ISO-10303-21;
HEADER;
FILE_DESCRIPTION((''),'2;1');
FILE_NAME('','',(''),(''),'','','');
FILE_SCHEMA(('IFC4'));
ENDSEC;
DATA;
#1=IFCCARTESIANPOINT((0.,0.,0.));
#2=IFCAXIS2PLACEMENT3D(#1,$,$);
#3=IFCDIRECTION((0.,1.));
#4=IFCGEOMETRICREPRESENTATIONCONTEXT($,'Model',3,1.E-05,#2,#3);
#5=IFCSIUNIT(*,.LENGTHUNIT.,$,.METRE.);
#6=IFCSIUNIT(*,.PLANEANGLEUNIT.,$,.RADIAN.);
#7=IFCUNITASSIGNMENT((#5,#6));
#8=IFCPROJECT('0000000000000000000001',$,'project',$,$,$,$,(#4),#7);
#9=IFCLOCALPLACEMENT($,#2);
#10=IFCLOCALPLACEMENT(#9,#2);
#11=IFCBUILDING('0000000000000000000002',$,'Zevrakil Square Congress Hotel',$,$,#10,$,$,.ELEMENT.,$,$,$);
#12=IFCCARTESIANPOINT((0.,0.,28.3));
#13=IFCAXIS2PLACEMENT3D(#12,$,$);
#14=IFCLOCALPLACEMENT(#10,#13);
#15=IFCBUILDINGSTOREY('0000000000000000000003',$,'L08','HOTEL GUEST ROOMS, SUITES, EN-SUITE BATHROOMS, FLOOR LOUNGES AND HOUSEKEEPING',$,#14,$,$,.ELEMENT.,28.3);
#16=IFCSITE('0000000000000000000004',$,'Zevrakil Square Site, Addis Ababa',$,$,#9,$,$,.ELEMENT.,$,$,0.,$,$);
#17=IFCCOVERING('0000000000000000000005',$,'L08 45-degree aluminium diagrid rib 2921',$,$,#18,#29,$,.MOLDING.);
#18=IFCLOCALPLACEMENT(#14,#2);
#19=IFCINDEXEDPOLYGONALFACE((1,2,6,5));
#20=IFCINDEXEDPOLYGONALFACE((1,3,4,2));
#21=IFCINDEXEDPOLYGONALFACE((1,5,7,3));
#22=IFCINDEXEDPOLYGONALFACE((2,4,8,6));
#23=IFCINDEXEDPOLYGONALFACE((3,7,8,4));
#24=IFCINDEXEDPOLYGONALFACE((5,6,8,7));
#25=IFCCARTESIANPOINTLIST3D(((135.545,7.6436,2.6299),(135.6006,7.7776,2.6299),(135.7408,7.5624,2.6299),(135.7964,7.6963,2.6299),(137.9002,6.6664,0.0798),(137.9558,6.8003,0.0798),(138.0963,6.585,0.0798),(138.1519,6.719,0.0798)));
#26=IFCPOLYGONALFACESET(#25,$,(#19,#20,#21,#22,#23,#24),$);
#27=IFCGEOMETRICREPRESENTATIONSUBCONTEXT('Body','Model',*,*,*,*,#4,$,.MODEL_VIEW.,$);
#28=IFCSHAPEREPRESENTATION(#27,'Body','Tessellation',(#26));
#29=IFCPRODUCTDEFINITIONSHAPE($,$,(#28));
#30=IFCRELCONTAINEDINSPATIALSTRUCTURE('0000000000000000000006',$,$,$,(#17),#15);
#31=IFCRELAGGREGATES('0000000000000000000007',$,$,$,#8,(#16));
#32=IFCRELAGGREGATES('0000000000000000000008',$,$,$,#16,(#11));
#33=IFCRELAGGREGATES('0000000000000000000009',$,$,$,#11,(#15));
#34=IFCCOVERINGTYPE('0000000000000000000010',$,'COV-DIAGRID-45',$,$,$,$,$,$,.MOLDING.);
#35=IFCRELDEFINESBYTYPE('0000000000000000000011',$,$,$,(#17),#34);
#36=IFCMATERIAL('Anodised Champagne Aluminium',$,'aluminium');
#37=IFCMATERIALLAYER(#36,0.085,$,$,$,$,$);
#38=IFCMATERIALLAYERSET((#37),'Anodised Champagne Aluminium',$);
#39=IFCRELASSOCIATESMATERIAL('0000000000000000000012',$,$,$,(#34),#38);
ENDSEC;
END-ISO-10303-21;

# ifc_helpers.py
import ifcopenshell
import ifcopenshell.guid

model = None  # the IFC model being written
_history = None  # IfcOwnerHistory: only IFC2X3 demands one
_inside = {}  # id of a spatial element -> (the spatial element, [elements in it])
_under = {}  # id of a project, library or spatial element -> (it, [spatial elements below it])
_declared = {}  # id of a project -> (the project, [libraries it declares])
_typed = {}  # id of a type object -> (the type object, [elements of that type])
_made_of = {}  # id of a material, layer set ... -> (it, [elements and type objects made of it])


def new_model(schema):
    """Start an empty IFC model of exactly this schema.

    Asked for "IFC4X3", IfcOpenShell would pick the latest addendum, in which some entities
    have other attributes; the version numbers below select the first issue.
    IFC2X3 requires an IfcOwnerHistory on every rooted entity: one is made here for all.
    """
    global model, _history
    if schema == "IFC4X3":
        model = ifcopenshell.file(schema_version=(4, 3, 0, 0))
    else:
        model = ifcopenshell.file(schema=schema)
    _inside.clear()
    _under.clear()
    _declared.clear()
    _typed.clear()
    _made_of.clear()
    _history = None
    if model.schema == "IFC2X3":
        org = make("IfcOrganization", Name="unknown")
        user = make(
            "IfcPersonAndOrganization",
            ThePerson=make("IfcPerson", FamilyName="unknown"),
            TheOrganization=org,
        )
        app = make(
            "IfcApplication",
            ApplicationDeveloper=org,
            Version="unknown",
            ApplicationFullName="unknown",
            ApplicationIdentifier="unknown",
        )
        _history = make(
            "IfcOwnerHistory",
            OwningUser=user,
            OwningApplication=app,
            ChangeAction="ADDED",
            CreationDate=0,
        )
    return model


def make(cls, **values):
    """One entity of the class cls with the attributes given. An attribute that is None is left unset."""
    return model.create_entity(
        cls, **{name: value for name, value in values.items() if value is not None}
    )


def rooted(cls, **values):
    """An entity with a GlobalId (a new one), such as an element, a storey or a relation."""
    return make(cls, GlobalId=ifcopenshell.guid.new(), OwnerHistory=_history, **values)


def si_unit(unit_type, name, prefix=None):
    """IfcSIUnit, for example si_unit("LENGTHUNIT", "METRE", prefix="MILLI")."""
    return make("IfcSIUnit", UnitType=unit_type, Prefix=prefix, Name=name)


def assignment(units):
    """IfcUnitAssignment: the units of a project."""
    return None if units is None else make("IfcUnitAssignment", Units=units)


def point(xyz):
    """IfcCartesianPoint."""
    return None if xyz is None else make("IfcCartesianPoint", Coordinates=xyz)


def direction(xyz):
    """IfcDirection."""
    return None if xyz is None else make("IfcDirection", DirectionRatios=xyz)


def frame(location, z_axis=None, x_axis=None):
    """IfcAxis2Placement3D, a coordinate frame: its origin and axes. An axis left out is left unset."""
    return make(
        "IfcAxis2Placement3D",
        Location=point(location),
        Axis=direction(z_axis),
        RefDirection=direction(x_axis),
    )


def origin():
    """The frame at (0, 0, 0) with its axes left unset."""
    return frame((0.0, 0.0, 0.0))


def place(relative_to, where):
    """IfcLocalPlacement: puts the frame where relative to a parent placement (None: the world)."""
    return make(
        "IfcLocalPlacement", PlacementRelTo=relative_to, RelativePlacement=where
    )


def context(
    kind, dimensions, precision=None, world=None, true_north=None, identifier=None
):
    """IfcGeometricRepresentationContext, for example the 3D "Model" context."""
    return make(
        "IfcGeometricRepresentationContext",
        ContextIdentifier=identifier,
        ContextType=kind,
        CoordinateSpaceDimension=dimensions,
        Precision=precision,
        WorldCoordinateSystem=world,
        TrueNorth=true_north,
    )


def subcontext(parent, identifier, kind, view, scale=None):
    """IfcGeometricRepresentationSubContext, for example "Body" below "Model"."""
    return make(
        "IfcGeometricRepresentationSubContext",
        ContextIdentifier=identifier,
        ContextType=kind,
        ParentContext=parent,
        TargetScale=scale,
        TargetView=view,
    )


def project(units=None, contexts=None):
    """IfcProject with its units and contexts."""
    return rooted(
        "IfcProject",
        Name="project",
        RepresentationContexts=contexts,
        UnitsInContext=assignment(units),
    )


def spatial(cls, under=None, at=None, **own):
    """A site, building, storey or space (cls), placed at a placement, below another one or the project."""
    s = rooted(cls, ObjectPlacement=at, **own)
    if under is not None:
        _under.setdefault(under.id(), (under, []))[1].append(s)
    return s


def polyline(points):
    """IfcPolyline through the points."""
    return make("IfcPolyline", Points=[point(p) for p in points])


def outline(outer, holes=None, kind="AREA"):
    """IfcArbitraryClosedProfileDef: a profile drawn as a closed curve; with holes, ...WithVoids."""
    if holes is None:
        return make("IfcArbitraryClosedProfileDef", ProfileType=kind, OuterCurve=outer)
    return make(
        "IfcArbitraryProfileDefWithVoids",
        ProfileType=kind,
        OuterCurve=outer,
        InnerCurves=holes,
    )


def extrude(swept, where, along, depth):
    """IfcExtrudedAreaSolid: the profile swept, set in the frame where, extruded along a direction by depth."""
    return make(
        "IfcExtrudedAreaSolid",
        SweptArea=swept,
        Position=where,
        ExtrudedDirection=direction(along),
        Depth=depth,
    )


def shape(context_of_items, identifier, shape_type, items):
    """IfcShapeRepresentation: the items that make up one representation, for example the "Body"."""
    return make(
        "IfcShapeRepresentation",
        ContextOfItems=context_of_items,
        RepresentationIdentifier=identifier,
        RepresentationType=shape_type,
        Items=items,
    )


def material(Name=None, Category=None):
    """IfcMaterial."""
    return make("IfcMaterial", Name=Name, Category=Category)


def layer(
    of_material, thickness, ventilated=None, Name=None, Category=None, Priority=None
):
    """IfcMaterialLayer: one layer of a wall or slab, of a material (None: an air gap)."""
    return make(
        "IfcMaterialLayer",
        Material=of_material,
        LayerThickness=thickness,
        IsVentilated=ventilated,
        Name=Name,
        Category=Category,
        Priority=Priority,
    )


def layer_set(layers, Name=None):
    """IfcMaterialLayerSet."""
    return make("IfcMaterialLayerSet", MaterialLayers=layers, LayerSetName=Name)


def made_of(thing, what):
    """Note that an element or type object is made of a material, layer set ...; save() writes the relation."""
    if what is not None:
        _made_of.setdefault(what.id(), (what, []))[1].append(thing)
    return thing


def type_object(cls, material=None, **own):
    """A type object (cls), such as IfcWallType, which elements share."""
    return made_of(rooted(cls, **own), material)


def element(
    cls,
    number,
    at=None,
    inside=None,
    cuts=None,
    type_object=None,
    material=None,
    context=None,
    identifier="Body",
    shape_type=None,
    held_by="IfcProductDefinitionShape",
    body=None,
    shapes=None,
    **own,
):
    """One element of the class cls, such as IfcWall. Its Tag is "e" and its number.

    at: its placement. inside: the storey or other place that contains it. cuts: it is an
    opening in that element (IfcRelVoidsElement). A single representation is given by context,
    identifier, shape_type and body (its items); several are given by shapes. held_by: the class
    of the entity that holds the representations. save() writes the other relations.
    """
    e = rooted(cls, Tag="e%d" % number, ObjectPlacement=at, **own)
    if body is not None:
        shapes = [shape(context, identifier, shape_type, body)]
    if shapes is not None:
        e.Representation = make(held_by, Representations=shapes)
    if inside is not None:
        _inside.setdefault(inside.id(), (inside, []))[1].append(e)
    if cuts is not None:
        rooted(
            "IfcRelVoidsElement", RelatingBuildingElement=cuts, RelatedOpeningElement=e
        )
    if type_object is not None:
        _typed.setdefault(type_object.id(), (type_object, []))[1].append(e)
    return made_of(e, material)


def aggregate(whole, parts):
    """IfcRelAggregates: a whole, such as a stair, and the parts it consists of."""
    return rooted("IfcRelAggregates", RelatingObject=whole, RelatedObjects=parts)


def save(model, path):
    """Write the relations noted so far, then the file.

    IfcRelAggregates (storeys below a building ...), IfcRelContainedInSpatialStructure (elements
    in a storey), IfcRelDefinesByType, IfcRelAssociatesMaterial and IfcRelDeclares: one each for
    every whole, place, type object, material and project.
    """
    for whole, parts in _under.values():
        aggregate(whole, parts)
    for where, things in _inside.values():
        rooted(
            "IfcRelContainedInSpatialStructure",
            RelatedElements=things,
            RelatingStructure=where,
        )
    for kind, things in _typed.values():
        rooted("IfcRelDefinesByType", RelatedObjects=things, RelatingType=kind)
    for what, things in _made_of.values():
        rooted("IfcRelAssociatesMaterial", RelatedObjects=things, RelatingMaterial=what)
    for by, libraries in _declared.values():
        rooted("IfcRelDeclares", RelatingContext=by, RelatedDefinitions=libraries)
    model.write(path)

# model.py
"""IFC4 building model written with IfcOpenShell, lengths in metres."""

from ifc_helpers import new_model, si_unit, direction, frame, origin, place, context, subcontext, project, spatial, polyline, outline, extrude, material, layer, layer_set, type_object, element, save


model = new_model("IFC4")

# Units and contexts
model_context = context("Model", 3, precision=1e-05, world=origin(), true_north=direction((0.0, 1.0)))
body_context = subcontext(model_context, "Body", "Model", "MODEL_VIEW")
ifc_project = project(units=[si_unit("LENGTHUNIT", "METRE"), si_unit("PLANEANGLEUNIT", "RADIAN")], contexts=[model_context])

# Site, building, storey
site_placement = place(None, origin())
site = spatial("IfcSite", under=ifc_project, at=site_placement, Name="Zevrakil Square Site, Addis Ababa", CompositionType="ELEMENT", RefElevation=0.0)
building_placement = place(site_placement, origin())
building = spatial("IfcBuilding", under=site, at=building_placement, Name="Zevrakil Square Congress Hotel", CompositionType="ELEMENT")
storey_placement = place(building_placement, frame((0.0, 0.0, 28.3)))
storey = spatial("IfcBuildingStorey", under=building, at=storey_placement, Name="L08", Description="HOTEL GUEST ROOMS, SUITES, EN-SUITE BATHROOMS, FLOOR LOUNGES AND HOUSEKEEPING", CompositionType="ELEMENT", Elevation=28.3)

# Covering
ifc_material_1 = material(Name="Anodised Champagne Aluminium", Category="aluminium")
ifc_layer_1 = layer(ifc_material_1, 0.085)
ifc_layer_set_1 = layer_set([ifc_layer_1], Name="Anodised Champagne Aluminium")
covering_type_1 = type_object("IfcCoveringType", Name="COV-DIAGRID-45", PredefinedType="MOLDING", material=ifc_layer_set_1)
covering_1_placement = place(storey_placement, frame((135.6006, 7.7776, 2.6299), z_axis=(0.383267, 0.923638, 0.000023), x_axis=(0.923638, -0.383267, 0.0)))
element("IfcCovering", 1, at=covering_1_placement, inside=storey, type_object=covering_type_1, Name="L08 45-degree aluminium diagrid rib 2921", PredefinedType="MOLDING", context=body_context, shape_type="SweptSolid", body=[
    extrude(outline(polyline([(0.0, 0.0), (0.212, 0.0), (2.7622, 2.55), (2.5499, 2.55), (0.0, 0.0)])), origin(), (0.0, 0.0, -1.0), 0.145),
])

save(model, "model.ifc")
